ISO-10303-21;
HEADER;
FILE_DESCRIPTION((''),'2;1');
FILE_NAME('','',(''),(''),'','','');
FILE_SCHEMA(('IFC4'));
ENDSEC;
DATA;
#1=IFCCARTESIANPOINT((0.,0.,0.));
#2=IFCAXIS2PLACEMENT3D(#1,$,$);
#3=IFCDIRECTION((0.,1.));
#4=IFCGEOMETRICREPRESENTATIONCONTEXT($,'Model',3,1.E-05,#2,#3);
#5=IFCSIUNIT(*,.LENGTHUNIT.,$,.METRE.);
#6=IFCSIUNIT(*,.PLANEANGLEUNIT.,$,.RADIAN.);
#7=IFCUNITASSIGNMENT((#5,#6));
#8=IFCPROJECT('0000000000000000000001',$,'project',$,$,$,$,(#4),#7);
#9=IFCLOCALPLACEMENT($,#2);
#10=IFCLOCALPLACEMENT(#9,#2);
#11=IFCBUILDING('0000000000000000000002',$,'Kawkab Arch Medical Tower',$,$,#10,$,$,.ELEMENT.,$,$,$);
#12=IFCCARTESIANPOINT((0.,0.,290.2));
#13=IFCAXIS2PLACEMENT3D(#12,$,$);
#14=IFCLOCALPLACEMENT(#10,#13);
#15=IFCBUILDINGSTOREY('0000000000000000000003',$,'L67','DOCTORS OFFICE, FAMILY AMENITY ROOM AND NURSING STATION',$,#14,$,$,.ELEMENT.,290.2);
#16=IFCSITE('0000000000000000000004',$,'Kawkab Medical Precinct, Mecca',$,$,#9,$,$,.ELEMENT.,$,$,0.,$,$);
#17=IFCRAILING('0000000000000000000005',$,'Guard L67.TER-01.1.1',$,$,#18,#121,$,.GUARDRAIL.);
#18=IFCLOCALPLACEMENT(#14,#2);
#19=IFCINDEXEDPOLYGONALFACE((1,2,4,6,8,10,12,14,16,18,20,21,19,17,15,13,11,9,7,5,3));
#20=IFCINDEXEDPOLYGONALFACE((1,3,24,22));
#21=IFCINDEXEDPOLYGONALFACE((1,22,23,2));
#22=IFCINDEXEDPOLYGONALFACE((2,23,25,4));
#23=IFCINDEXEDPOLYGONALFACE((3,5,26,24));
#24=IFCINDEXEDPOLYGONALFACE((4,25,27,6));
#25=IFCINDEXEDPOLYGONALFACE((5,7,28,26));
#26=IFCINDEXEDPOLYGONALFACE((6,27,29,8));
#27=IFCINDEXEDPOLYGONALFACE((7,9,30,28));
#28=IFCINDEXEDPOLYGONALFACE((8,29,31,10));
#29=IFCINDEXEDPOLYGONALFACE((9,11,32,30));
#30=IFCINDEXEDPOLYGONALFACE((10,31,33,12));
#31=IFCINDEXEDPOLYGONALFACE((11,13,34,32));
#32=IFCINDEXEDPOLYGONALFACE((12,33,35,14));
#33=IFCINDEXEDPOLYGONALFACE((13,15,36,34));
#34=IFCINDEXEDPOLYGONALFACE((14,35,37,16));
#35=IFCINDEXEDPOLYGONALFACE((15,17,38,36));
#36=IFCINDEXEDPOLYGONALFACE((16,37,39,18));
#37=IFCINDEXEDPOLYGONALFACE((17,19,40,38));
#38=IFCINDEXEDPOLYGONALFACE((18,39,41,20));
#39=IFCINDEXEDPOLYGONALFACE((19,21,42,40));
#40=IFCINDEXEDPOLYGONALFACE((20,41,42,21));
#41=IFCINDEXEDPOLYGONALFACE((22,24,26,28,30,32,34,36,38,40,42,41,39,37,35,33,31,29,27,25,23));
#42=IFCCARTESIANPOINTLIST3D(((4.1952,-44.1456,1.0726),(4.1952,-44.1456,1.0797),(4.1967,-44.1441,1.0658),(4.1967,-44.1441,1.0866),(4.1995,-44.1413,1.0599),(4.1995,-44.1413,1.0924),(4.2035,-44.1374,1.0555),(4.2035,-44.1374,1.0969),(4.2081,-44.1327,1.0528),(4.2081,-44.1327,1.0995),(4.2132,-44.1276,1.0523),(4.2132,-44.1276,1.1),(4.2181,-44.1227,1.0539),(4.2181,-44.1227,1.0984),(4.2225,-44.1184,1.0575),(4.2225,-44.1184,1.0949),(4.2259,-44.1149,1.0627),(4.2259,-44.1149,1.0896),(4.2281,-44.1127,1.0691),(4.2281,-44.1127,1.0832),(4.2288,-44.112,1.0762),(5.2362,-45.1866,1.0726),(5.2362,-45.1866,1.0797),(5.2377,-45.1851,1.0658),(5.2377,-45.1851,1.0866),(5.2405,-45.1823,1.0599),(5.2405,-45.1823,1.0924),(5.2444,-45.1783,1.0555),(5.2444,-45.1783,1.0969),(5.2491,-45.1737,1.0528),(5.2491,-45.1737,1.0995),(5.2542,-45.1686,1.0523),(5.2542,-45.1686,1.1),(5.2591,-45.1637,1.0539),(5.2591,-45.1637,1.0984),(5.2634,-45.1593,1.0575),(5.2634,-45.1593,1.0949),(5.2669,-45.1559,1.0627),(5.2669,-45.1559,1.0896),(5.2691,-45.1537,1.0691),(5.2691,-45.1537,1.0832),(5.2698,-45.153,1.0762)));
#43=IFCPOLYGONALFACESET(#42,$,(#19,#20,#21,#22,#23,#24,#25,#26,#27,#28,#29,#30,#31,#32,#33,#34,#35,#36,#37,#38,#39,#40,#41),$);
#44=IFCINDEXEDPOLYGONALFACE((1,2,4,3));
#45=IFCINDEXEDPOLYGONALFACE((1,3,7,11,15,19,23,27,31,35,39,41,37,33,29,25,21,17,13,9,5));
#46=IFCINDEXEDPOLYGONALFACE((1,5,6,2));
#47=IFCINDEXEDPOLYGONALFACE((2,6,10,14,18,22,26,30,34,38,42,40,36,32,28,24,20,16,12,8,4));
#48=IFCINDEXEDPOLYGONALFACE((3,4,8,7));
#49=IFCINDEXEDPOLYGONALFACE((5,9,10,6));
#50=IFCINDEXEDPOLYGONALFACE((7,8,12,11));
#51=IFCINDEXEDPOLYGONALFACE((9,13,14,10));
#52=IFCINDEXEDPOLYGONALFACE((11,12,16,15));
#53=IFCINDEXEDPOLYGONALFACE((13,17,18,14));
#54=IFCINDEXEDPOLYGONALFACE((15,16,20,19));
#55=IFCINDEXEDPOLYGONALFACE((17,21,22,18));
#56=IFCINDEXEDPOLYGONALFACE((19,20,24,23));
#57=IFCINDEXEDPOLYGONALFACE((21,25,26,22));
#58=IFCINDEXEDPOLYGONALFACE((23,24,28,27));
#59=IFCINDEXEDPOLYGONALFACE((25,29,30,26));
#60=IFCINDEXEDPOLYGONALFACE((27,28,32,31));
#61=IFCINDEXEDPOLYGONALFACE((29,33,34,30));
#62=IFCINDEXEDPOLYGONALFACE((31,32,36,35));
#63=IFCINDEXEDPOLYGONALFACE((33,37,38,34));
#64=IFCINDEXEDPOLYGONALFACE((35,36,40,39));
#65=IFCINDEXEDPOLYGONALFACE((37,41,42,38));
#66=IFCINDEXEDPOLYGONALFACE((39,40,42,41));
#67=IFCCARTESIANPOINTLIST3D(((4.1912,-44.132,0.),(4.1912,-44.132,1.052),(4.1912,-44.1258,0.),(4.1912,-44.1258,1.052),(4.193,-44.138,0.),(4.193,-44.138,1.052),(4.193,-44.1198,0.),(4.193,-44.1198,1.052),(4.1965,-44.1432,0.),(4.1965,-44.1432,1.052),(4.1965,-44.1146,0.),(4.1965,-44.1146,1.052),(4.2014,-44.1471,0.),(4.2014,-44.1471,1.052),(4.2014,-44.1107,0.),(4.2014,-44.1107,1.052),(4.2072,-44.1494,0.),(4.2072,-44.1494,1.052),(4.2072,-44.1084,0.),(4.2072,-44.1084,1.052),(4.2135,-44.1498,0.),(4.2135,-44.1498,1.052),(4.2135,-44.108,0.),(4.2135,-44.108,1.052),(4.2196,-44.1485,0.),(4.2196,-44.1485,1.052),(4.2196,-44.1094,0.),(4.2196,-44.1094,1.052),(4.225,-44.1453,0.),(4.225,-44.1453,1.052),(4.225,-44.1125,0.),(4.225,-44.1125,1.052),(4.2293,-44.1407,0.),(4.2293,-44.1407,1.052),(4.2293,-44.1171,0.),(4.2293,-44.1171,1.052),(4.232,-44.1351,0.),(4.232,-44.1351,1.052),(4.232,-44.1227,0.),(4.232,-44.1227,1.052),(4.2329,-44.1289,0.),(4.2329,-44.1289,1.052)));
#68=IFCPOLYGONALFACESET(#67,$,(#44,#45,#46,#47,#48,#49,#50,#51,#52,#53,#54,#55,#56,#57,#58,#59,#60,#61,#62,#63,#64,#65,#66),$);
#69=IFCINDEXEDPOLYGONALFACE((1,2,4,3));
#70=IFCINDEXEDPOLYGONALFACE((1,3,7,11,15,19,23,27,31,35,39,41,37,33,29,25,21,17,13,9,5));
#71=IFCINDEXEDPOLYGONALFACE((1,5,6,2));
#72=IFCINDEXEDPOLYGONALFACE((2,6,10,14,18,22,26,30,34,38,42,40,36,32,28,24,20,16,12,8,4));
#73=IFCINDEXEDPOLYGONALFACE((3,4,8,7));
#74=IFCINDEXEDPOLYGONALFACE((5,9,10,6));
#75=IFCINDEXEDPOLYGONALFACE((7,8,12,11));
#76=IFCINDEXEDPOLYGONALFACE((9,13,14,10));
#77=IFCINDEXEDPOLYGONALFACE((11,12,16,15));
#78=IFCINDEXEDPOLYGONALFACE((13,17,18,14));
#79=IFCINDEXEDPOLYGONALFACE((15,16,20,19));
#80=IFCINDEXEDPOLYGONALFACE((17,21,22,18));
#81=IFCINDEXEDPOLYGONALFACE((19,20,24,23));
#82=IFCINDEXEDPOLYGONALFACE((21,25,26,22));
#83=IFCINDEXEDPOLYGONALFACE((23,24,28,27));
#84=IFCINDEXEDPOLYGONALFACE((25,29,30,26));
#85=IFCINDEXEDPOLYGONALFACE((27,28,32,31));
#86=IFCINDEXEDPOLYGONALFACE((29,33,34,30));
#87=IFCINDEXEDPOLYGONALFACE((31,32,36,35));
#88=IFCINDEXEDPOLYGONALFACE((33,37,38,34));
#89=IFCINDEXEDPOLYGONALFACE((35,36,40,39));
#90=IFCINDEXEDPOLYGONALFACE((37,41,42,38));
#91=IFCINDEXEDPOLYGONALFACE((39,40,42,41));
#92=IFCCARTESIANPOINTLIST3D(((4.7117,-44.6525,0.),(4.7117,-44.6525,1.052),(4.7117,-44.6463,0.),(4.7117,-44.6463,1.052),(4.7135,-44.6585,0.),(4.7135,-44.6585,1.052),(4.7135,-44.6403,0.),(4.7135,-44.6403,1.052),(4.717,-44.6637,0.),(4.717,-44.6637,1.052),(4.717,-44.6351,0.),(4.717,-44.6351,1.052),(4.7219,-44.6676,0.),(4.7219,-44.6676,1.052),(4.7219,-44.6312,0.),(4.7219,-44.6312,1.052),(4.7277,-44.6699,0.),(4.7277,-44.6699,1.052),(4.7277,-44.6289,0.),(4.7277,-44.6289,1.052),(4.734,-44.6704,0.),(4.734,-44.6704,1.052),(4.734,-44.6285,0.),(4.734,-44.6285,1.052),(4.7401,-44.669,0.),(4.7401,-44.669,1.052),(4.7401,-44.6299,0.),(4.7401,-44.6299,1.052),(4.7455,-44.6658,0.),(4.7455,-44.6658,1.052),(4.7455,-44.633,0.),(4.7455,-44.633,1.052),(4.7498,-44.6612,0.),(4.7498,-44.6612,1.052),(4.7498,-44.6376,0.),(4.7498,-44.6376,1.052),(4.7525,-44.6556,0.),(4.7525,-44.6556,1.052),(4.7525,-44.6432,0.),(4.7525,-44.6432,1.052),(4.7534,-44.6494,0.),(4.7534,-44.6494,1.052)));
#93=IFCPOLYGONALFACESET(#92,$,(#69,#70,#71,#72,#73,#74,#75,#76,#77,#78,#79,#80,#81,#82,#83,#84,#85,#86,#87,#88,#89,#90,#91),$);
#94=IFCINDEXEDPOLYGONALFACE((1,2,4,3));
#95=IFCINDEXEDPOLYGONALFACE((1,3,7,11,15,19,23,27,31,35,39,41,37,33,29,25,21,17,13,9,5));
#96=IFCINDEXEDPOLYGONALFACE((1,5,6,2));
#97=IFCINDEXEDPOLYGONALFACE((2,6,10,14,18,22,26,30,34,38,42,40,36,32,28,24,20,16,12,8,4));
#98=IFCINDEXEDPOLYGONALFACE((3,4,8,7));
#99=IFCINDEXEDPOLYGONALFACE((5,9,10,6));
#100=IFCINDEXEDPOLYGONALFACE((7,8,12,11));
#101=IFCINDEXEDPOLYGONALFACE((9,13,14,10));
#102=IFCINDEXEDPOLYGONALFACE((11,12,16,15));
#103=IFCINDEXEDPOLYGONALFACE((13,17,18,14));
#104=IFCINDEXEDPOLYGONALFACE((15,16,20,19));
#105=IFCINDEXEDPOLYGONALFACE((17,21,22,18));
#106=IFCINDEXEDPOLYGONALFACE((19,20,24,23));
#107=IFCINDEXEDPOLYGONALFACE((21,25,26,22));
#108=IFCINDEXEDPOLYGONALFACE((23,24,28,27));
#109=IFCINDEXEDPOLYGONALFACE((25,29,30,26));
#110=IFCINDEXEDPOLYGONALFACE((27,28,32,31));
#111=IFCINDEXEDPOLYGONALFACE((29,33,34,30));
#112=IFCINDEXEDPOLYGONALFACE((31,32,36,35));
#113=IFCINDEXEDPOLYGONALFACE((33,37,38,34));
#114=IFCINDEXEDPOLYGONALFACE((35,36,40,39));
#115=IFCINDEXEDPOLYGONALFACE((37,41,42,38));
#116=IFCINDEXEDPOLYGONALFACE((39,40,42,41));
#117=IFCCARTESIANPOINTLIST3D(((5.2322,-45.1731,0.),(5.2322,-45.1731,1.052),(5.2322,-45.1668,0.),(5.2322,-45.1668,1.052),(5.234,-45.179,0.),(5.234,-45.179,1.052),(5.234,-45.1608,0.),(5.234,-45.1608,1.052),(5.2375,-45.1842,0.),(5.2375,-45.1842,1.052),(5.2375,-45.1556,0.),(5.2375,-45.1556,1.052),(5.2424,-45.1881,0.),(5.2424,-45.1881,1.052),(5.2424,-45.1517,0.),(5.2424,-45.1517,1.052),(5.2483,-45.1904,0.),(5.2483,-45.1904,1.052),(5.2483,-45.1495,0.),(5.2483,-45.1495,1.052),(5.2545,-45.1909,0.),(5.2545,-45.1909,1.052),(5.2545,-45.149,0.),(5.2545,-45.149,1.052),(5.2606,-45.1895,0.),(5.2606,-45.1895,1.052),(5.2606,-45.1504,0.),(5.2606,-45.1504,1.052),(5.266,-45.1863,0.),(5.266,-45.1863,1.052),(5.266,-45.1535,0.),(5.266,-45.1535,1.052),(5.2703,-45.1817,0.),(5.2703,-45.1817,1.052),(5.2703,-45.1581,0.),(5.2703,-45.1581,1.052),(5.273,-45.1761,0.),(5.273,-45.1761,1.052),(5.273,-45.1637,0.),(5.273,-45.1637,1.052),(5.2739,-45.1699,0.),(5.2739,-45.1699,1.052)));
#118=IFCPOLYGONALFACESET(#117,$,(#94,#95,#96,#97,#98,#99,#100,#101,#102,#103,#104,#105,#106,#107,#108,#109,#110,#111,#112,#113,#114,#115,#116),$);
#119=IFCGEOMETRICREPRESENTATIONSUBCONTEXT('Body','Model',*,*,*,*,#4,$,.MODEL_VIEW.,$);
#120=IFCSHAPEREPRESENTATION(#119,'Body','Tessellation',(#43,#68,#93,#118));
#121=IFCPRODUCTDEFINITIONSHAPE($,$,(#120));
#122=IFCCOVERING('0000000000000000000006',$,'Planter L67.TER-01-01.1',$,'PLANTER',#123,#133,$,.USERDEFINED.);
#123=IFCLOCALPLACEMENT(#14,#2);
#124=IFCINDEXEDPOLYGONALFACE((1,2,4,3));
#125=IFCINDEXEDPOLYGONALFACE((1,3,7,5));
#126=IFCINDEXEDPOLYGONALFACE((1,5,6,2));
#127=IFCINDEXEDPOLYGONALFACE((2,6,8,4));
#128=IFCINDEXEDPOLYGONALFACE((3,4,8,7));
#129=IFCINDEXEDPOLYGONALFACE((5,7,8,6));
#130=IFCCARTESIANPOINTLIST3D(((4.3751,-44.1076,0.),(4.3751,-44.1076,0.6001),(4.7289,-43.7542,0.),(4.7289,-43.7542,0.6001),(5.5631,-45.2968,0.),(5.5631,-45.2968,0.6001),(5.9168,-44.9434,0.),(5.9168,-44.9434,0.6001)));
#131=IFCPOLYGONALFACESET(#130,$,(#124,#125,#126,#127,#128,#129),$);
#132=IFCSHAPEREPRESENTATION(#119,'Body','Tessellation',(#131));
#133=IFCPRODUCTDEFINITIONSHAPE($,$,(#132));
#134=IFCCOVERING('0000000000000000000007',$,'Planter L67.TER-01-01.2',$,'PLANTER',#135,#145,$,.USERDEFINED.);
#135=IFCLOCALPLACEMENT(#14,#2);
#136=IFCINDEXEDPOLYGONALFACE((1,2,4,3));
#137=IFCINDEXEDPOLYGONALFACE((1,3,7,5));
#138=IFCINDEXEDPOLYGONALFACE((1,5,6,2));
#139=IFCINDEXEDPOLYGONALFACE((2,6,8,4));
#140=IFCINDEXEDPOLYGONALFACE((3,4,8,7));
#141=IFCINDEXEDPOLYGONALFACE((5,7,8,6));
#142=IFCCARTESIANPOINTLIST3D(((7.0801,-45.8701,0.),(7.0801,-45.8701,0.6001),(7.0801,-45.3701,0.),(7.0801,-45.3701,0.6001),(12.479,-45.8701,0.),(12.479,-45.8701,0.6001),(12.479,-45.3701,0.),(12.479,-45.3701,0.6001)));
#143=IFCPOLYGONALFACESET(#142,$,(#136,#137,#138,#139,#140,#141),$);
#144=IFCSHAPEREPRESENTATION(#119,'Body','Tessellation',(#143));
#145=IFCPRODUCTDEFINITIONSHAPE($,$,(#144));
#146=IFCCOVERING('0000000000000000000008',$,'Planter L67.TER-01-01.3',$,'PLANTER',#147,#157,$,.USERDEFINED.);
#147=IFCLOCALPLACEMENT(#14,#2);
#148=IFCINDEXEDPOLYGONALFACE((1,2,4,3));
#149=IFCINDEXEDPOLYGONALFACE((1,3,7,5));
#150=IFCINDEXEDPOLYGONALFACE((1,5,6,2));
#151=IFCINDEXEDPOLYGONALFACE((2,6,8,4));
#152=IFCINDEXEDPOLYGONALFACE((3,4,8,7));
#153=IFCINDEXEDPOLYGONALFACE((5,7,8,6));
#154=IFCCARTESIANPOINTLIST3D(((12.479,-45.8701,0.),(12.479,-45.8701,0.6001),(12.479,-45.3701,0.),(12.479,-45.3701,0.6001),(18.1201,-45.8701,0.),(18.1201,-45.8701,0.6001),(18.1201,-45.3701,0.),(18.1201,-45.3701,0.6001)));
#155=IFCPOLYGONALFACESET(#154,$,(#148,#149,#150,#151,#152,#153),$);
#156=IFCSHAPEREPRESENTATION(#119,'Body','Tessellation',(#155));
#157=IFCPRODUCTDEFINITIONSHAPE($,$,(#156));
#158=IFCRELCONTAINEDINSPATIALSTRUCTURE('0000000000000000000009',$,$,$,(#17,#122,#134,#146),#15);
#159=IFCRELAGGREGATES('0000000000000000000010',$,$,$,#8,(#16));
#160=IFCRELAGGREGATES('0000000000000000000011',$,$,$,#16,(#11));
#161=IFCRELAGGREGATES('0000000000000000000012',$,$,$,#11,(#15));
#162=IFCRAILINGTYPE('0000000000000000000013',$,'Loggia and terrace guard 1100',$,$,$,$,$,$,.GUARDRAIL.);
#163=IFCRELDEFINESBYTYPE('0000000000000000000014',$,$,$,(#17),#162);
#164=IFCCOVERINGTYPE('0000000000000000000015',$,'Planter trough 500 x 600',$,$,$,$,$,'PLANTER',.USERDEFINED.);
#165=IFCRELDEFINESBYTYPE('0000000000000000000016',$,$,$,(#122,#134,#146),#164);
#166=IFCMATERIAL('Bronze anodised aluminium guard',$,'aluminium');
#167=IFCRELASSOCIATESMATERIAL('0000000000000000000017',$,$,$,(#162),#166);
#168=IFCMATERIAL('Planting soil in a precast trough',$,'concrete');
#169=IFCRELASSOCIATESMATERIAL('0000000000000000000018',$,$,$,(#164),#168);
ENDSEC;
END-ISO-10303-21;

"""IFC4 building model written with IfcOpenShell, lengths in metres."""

from ifc_helpers import new_model, si_unit, direction, frame, origin, origin_2d, place, context, subcontext, project, spatial, rectangle, circle, extrude, material, material_profile, profile_set, type_object, element, save


model = new_model("IFC4")

# Units and contexts
model_context = context("Model", 3, precision=1e-05, world=origin(), true_north=direction((0.0, 1.0)))
body_context = subcontext(model_context, "Body", "Model", "MODEL_VIEW")
ifc_project = project(units=[si_unit("LENGTHUNIT", "METRE"), si_unit("PLANEANGLEUNIT", "RADIAN")], contexts=[model_context])

# Site, building, storey
site_placement = place(None, origin())
site = spatial("IfcSite", under=ifc_project, at=site_placement, Name="Kawkab Medical Precinct, Mecca", CompositionType="ELEMENT", RefElevation=0.0)
building_placement = place(site_placement, origin())
building = spatial("IfcBuilding", under=site, at=building_placement, Name="Kawkab Arch Medical Tower", CompositionType="ELEMENT")
storey_placement = place(building_placement, frame((0.0, 0.0, 290.2)))
storey = spatial("IfcBuildingStorey", under=building, at=storey_placement, Name="L67", Description="DOCTORS OFFICE, FAMILY AMENITY ROOM AND NURSING STATION", CompositionType="ELEMENT", Elevation=290.2)

# Railing
ifc_material_1 = material(Name="Bronze anodised aluminium guard", Category="aluminium")
railing_type_1 = type_object("IfcRailingType", Name="Loggia and terrace guard 1100", PredefinedType="GUARDRAIL", material=ifc_material_1)
railing_1_placement = place(storey_placement, frame((4.2119, -44.1289, 0.0)))
element("IfcRailing", 1, at=railing_1_placement, inside=storey, type_object=railing_type_1, Name="Guard L67.TER-01.1.1", PredefinedType="GUARDRAIL", context=body_context, shape_type="SweptSolid", body=[
    extrude(circle(Radius=0.0239, at=origin_2d()), frame((0.0, 0.0, 1.0762), z_axis=(0.707107, -0.707107, 0.0), x_axis=(0.707107, 0.707107, 0.0)), (0.0, 0.0, 1.0), 1.4722),
    extrude(circle(Radius=0.021, at=origin_2d()), origin(), (0.0, 0.0, 1.0), 1.052),
    extrude(circle(Radius=0.021, at=origin_2d()), frame((0.5205, -0.5205, 0.0)), (0.0, 0.0, 1.0), 1.052),
    extrude(circle(Radius=0.021, at=origin_2d()), frame((1.041, -1.041, 0.0)), (0.0, 0.0, 1.0), 1.052),
])

# Coverings
ifc_material_2 = material(Name="Planting soil in a precast trough", Category="concrete")
ifc_material_profile_1 = material_profile(ifc_material_2, rectangle(XDim=0.5, YDim=0.6001, at=origin_2d()), Name="Trough 500x600")
ifc_profile_set_1 = profile_set([ifc_material_profile_1], Name="Planting soil in a precast trough")
covering_type = type_object("IfcCoveringType", Name="Planter trough 500 x 600", ElementType="PLANTER", PredefinedType="USERDEFINED", material=ifc_profile_set_1)
covering_1_placement = place(storey_placement, frame((4.552, -43.9309, 0.3), z_axis=(0.706744, -0.70747, 0.0), x_axis=(0.70747, 0.706744, 0.0)))
element("IfcCovering", 2, at=covering_1_placement, inside=storey, type_object=covering_type, Name="Planter L67.TER-01-01.1", ObjectType="PLANTER", PredefinedType="USERDEFINED", context=body_context, shape_type="SweptSolid", body=[
    extrude(rectangle(XDim=0.5, YDim=0.6001, at=origin_2d()), origin(), (0.0, 0.0, 1.0), 1.6809),
])
covering_2_placement = place(storey_placement, frame((7.0801, -45.6201, 0.3), z_axis=(1.0, 0.0, 0.0), x_axis=(0.0, 1.0, 0.0)))
element("IfcCovering", 3, at=covering_2_placement, inside=storey, type_object=covering_type, Name="Planter L67.TER-01-01.2", ObjectType="PLANTER", PredefinedType="USERDEFINED", context=body_context, shape_type="SweptSolid", body=[
    extrude(rectangle(XDim=0.5, YDim=0.6001, at=origin_2d()), origin(), (0.0, 0.0, 1.0), 5.3989),
])
covering_3_placement = place(storey_placement, frame((12.479, -45.6201, 0.3), z_axis=(1.0, 0.0, 0.0), x_axis=(0.0, 1.0, 0.0)))
element("IfcCovering", 4, at=covering_3_placement, inside=storey, type_object=covering_type, Name="Planter L67.TER-01-01.3", ObjectType="PLANTER", PredefinedType="USERDEFINED", context=body_context, shape_type="SweptSolid", body=[
    extrude(rectangle(XDim=0.5, YDim=0.6001, at=origin_2d()), origin(), (0.0, 0.0, 1.0), 5.6411),
])

save(model, "model.ifc")
